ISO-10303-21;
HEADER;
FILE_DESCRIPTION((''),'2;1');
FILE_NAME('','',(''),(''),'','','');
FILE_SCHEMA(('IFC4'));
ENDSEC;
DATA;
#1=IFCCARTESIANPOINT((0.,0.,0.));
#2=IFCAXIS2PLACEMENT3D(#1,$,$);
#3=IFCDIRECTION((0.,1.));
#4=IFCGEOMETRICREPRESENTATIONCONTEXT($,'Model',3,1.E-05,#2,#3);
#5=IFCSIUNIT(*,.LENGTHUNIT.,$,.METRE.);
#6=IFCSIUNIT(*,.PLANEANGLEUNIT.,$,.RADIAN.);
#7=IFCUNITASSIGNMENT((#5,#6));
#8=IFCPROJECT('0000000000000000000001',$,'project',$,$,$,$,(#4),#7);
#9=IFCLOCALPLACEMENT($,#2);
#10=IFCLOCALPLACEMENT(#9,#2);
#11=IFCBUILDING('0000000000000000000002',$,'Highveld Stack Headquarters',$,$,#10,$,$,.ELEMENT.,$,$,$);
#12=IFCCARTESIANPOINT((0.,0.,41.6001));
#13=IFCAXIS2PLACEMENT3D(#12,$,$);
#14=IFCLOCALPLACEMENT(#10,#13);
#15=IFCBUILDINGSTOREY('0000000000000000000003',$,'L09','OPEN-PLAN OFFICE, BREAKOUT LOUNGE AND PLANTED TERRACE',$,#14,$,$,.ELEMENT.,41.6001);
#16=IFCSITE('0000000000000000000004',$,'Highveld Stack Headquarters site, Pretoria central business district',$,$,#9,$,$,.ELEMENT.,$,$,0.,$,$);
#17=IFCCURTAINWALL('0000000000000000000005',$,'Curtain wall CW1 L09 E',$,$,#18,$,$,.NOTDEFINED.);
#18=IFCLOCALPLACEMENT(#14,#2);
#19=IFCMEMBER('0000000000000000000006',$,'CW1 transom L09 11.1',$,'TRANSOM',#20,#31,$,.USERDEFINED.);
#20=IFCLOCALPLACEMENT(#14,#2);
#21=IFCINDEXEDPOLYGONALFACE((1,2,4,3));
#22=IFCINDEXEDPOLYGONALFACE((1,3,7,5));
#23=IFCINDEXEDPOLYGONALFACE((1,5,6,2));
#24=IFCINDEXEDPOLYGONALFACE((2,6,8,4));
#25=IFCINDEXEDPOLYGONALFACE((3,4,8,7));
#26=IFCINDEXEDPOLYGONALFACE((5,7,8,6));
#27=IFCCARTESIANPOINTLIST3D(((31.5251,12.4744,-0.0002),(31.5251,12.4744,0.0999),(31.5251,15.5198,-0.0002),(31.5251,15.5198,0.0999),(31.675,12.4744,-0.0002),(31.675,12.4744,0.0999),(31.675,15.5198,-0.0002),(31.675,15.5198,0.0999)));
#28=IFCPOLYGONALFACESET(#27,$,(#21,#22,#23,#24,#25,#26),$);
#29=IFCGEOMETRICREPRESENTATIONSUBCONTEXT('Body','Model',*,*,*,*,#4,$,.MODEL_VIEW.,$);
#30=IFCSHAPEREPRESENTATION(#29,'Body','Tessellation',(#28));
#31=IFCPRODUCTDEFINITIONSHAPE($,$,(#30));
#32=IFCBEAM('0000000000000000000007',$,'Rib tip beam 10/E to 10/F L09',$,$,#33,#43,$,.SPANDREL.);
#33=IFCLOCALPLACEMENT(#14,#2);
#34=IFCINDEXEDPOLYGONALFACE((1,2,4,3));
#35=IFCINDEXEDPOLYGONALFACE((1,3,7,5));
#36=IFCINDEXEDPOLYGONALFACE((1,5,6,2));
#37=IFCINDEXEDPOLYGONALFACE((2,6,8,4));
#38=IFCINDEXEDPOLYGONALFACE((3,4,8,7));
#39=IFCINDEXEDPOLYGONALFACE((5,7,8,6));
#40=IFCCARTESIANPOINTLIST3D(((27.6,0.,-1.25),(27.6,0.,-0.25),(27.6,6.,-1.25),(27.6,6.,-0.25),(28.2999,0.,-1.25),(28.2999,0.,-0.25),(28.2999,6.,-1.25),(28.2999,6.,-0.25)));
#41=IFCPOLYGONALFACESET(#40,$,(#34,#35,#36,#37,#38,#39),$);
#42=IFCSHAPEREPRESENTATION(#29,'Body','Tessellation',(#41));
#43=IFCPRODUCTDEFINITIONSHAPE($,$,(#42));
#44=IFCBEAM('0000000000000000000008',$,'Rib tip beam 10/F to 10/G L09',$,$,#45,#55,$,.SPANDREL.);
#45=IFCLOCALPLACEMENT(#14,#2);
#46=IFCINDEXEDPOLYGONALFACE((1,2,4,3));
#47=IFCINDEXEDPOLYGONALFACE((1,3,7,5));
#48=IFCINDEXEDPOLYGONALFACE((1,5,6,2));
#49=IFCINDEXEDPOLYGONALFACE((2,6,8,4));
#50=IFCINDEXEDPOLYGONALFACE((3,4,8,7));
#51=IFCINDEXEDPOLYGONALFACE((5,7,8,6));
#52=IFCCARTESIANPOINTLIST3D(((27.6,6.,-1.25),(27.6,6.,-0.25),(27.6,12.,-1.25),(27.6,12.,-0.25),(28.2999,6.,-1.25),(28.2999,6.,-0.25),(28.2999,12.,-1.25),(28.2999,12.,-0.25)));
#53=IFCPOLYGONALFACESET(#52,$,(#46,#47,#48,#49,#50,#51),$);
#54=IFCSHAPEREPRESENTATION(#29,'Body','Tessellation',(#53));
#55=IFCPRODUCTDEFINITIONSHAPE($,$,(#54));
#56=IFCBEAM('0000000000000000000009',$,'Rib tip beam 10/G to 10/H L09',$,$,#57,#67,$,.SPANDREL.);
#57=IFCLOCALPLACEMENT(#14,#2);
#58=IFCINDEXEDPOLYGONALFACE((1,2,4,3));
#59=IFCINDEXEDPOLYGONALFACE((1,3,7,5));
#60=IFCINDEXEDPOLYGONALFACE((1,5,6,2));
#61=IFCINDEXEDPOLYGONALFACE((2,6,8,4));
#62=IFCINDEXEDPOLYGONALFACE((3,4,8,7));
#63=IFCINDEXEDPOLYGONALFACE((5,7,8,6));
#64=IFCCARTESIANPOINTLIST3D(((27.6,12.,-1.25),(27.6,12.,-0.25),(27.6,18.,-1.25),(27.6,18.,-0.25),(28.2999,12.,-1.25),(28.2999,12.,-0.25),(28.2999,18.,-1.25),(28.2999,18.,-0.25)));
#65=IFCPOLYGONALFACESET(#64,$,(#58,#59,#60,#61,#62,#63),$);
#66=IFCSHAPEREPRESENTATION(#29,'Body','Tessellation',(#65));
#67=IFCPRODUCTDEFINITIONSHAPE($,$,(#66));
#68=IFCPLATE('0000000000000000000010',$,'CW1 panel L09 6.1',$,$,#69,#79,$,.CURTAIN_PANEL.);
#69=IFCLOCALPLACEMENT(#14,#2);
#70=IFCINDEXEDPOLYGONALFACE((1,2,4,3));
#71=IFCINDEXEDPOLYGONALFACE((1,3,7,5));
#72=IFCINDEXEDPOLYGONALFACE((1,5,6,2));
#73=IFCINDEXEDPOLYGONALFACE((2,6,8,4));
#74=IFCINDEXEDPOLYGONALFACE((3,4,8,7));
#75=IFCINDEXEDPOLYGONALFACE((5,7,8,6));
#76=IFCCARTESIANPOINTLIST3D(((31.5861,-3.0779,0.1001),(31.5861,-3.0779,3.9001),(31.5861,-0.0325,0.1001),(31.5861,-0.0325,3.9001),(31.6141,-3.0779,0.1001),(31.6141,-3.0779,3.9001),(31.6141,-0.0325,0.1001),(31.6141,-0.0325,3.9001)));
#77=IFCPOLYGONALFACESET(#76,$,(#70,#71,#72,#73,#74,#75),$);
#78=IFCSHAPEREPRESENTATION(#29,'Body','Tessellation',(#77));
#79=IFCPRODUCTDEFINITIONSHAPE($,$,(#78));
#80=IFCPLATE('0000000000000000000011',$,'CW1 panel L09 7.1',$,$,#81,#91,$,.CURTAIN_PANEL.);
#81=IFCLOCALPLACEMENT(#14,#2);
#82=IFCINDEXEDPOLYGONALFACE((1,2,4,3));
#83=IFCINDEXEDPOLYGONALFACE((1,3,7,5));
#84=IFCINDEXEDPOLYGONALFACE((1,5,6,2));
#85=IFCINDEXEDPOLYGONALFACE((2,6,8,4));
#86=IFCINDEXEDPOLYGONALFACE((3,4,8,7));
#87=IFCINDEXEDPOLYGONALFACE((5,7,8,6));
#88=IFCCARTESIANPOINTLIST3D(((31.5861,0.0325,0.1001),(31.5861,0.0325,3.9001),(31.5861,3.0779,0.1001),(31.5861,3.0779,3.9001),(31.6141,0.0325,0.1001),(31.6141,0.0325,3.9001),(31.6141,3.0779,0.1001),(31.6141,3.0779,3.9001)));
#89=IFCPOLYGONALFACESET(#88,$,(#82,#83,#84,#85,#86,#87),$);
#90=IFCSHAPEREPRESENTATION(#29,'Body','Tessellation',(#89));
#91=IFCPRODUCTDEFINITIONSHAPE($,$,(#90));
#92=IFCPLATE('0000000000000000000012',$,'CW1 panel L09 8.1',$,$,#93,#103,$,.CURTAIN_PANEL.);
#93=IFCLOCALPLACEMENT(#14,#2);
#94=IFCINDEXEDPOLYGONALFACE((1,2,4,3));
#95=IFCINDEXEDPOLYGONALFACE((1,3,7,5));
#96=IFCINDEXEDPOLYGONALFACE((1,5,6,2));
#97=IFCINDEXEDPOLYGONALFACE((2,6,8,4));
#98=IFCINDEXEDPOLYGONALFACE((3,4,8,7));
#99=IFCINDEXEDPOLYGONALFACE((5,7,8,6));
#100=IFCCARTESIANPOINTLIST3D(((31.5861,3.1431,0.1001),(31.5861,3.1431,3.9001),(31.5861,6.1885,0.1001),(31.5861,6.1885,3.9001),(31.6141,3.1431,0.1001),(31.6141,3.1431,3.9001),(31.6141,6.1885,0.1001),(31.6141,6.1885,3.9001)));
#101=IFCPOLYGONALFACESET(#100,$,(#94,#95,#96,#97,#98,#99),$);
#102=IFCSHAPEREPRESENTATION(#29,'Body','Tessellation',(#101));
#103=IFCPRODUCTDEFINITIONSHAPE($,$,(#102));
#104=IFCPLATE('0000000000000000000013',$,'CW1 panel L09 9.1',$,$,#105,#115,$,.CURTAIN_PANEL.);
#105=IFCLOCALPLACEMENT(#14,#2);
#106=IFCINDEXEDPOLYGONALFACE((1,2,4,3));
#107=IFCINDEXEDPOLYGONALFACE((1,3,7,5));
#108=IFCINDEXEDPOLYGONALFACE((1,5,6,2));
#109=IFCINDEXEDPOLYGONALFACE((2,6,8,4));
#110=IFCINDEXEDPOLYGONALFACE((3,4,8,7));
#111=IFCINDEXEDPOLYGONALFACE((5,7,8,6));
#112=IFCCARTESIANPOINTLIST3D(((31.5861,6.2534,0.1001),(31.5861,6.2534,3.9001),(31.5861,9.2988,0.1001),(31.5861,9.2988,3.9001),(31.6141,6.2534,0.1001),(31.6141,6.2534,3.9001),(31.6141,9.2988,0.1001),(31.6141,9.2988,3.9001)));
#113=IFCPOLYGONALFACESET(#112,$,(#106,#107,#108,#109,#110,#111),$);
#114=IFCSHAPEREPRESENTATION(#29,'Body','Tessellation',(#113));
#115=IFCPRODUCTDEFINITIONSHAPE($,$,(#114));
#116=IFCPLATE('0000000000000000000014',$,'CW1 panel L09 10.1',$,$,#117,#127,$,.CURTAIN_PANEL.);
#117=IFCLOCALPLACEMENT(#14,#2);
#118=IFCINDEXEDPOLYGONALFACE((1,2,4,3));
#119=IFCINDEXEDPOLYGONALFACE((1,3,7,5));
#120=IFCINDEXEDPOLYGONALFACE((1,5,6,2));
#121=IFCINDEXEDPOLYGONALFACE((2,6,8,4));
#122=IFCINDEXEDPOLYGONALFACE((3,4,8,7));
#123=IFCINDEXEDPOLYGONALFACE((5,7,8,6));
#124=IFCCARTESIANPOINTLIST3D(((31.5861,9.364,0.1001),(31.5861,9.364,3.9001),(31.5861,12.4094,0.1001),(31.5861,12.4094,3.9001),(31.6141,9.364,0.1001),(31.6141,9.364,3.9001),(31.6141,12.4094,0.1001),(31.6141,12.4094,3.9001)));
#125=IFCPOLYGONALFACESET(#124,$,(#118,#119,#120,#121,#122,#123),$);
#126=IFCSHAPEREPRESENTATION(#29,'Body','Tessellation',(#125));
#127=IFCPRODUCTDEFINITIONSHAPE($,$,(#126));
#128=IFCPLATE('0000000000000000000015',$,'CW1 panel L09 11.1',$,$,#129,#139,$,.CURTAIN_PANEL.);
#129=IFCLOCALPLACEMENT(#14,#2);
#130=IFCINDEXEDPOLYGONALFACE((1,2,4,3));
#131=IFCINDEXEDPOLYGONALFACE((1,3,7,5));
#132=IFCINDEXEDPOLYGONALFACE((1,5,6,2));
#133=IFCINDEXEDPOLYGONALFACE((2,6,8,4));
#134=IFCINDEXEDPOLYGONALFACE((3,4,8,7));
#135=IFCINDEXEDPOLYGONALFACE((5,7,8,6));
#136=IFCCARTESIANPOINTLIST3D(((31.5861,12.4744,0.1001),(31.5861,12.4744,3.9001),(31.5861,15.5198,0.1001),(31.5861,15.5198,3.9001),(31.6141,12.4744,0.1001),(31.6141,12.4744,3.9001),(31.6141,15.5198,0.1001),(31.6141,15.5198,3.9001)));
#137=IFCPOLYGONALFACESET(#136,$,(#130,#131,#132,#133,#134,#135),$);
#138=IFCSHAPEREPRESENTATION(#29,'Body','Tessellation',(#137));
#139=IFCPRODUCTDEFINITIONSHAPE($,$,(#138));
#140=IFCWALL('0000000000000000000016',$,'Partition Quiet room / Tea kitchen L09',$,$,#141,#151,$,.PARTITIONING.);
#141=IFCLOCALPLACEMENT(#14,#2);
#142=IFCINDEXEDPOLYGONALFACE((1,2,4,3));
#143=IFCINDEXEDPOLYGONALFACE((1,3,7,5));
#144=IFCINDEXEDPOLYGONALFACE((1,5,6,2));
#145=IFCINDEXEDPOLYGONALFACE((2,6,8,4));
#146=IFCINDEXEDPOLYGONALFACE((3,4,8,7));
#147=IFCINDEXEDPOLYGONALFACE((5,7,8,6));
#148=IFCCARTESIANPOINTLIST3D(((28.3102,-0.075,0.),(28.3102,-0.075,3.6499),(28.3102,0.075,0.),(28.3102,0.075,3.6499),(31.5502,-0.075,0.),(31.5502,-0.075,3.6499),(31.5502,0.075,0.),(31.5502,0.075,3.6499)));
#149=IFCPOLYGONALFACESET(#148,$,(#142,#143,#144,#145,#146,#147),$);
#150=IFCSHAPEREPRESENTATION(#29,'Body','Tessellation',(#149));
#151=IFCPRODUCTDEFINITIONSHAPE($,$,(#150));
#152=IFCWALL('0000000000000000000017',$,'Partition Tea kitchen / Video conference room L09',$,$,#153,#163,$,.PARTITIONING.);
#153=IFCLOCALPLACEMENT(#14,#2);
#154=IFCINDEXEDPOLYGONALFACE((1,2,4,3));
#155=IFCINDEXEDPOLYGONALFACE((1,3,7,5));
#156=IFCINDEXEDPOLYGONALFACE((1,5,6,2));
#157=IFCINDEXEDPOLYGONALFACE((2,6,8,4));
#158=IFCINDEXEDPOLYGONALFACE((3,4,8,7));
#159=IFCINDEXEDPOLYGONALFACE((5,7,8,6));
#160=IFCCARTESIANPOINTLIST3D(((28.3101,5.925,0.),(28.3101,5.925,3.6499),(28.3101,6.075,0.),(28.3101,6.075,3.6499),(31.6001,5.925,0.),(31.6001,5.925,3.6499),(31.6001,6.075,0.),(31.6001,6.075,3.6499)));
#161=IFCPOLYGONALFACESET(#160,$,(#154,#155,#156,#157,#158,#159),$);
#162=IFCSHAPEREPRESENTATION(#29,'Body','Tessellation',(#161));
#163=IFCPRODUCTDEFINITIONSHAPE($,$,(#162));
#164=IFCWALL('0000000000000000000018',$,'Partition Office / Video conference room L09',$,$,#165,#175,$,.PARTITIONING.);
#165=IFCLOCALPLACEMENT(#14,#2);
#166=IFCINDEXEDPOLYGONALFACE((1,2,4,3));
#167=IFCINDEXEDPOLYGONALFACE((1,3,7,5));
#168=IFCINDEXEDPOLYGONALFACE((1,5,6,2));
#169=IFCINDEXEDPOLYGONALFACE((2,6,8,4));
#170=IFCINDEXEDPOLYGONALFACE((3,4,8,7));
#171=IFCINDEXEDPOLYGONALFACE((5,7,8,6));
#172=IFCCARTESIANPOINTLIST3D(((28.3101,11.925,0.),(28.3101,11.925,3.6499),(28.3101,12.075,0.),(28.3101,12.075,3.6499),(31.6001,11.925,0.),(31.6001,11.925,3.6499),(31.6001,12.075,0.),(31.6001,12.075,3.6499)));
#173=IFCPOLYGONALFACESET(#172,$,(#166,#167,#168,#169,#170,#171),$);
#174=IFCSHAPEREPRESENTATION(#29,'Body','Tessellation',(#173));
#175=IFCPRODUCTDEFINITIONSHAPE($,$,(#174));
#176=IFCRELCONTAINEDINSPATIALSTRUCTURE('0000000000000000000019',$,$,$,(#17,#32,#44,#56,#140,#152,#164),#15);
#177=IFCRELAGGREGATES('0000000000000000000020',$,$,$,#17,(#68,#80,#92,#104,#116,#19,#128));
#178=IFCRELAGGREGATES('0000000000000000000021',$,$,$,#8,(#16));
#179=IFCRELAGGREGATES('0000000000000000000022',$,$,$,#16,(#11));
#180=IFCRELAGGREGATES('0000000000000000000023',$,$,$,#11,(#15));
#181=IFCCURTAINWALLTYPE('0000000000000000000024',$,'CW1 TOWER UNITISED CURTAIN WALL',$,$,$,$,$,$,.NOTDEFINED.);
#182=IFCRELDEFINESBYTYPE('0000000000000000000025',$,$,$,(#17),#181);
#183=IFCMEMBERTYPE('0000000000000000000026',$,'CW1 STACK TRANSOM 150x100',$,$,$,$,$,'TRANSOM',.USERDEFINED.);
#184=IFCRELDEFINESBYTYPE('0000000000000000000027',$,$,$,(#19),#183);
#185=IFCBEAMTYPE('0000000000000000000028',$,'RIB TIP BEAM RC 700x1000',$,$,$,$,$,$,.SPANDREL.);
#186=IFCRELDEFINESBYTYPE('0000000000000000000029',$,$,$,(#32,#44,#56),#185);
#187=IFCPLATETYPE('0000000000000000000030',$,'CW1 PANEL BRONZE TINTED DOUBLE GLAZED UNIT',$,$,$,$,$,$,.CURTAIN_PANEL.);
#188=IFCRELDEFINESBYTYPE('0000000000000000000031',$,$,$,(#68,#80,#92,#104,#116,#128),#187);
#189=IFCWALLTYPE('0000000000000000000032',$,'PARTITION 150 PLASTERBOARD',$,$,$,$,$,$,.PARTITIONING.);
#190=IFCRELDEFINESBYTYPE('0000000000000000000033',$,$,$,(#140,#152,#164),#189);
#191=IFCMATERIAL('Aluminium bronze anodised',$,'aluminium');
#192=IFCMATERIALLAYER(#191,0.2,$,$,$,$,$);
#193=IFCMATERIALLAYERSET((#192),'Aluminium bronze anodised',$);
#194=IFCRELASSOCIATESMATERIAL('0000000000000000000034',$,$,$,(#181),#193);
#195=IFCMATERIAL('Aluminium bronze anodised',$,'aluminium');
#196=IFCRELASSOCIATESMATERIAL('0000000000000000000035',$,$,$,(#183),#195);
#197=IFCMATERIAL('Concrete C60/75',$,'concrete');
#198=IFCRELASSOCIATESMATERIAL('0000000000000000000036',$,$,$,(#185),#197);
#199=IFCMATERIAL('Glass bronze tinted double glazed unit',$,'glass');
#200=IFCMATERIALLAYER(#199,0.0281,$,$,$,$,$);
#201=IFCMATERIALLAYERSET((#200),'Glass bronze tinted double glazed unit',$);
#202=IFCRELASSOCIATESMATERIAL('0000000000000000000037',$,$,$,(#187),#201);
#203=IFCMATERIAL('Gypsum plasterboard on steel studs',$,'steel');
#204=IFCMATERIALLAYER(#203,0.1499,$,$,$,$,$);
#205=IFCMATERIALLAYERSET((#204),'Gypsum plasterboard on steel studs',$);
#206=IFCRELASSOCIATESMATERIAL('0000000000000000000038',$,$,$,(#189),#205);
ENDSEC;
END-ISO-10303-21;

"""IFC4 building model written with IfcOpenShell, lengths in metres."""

from ifc_helpers import new_model, si_unit, direction, frame, frame_2d, origin, origin_2d, place, context, subcontext, project, spatial, rectangle, extrude, material, layer, layer_set, material_profile, profile_set, type_object, element, aggregate, save


model = new_model("IFC4")

# Units and contexts
model_context = context("Model", 3, precision=1e-05, world=origin(), true_north=direction((0.0, 1.0)))
body_context = subcontext(model_context, "Body", "Model", "MODEL_VIEW")
ifc_project = project(units=[si_unit("LENGTHUNIT", "METRE"), si_unit("PLANEANGLEUNIT", "RADIAN")], contexts=[model_context])

# Site, building, storey
site_placement = place(None, origin())
site = spatial("IfcSite", under=ifc_project, at=site_placement, Name="Highveld Stack Headquarters site, Pretoria central business district", CompositionType="ELEMENT", RefElevation=0.0)
building_placement = place(site_placement, origin())
building = spatial("IfcBuilding", under=site, at=building_placement, Name="Highveld Stack Headquarters", CompositionType="ELEMENT")
storey_placement = place(building_placement, frame((0.0, 0.0, 41.6001)))
storey = spatial("IfcBuildingStorey", under=building, at=storey_placement, Name="L09", Description="OPEN-PLAN OFFICE, BREAKOUT LOUNGE AND PLANTED TERRACE", CompositionType="ELEMENT", Elevation=41.6001)

# Curtain wall, member
ifc_material_1 = material(Name="Aluminium bronze anodised", Category="aluminium")
ifc_layer_1 = layer(ifc_material_1, 0.2)
ifc_layer_set_1 = layer_set([ifc_layer_1], Name="Aluminium bronze anodised")
curtain_wall_type = type_object("IfcCurtainWallType", Name="CW1 TOWER UNITISED CURTAIN WALL", PredefinedType="NOTDEFINED", material=ifc_layer_set_1)
curtain_wall_placement = place(storey_placement, origin())
curtain_wall = element("IfcCurtainWall", 1, at=curtain_wall_placement, inside=storey, type_object=curtain_wall_type, Name="Curtain wall CW1 L09 E", PredefinedType="NOTDEFINED")
ifc_material_2 = material(Name="Aluminium bronze anodised", Category="aluminium")
ifc_material_profile_1 = material_profile(ifc_material_2, rectangle(XDim=0.1499, YDim=0.1001, at=origin_2d()), Name="CW1 TRANSOM 150x100")
ifc_profile_set_1 = profile_set([ifc_material_profile_1], Name="Aluminium bronze anodised")
member_type_1 = type_object("IfcMemberType", Name="CW1 STACK TRANSOM 150x100", ElementType="TRANSOM", PredefinedType="USERDEFINED", material=ifc_profile_set_1)
member_1_placement = place(storey_placement, frame((31.6001, 12.4744, 0.0498), z_axis=(0.0, 1.0, 0.0), x_axis=(-1.0, 0.0, 0.0)))
member_1 = element("IfcMember", 2, at=member_1_placement, type_object=member_type_1, Name="CW1 transom L09 11.1", ObjectType="TRANSOM", PredefinedType="USERDEFINED", context=body_context, shape_type="SweptSolid", body=[
    extrude(rectangle(XDim=0.1499, YDim=0.1001, at=origin_2d()), origin(), (0.0, 0.0, 1.0), 3.0454),
])

# Beams
ifc_material_3 = material(Name="Concrete C60/75", Category="concrete")
ifc_material_profile_2 = material_profile(ifc_material_3, rectangle(XDim=0.7, YDim=1.0, at=origin_2d()), Name="RC 700x1000")
ifc_profile_set_2 = profile_set([ifc_material_profile_2], Name="Concrete C60/75")
beam_type = type_object("IfcBeamType", Name="RIB TIP BEAM RC 700x1000", PredefinedType="SPANDREL", material=ifc_profile_set_2)
for number, where, z_axis, x_axis, name in (
    (3, (27.95, 0.0, -0.75), (0.0, 1.0, 0.0), (-1.0, 0.0, 0.0), "Rib tip beam 10/E to 10/F L09"),
    (4, (27.95, 6.0, -0.75), (0.0, 1.0, 0.0), (-1.0, 0.0, 0.0), "Rib tip beam 10/F to 10/G L09"),
    (5, (27.95, 12.0, -0.75), (0.0, 1.0, 0.0), (-1.0, 0.0, 0.0), "Rib tip beam 10/G to 10/H L09"),
):
    element("IfcBeam", number, at=place(storey_placement, frame(where, z_axis=z_axis, x_axis=x_axis)), inside=storey, type_object=beam_type, Name=name, PredefinedType="SPANDREL", context=body_context, shape_type="SweptSolid", body=[
        extrude(rectangle(XDim=0.7, YDim=1.0, at=origin_2d()), origin(), (0.0, 0.0, 1.0), 6.0),
    ])

# Plates
ifc_material_4 = material(Name="Glass bronze tinted double glazed unit", Category="glass")
ifc_layer_2 = layer(ifc_material_4, 0.0281)
ifc_layer_set_2 = layer_set([ifc_layer_2], Name="Glass bronze tinted double glazed unit")
plate_type = type_object("IfcPlateType", Name="CW1 PANEL BRONZE TINTED DOUBLE GLAZED UNIT", PredefinedType="CURTAIN_PANEL", material=ifc_layer_set_2)
plate_1_placement = place(storey_placement, frame((31.6001, -1.5552, 0.1001), z_axis=(0.0, 0.0, 1.0), x_axis=(0.0, 1.0, 0.0)))
plate_1 = element("IfcPlate", 6, at=plate_1_placement, type_object=plate_type, Name="CW1 panel L09 6.1", PredefinedType="CURTAIN_PANEL", context=body_context, shape_type="SweptSolid", body=[
    extrude(rectangle(XDim=3.0454, YDim=0.0281, at=origin_2d()), origin(), (0.0, 0.0, 1.0), 3.8),
])
plate_2_placement = place(storey_placement, frame((31.6001, 1.5552, 0.1001), z_axis=(0.0, 0.0, 1.0), x_axis=(0.0, 1.0, 0.0)))
plate_2 = element("IfcPlate", 7, at=plate_2_placement, type_object=plate_type, Name="CW1 panel L09 7.1", PredefinedType="CURTAIN_PANEL", context=body_context, shape_type="SweptSolid", body=[
    extrude(rectangle(XDim=3.0454, YDim=0.0281, at=origin_2d()), origin(), (0.0, 0.0, 1.0), 3.8),
])
plate_3_placement = place(storey_placement, frame((31.6001, 4.6658, 0.1001), z_axis=(0.0, 0.0, 1.0), x_axis=(0.0, 1.0, 0.0)))
plate_3 = element("IfcPlate", 8, at=plate_3_placement, type_object=plate_type, Name="CW1 panel L09 8.1", PredefinedType="CURTAIN_PANEL", context=body_context, shape_type="SweptSolid", body=[
    extrude(rectangle(XDim=3.0454, YDim=0.0281, at=origin_2d()), origin(), (0.0, 0.0, 1.0), 3.8),
])
plate_4_placement = place(storey_placement, frame((31.6001, 7.7761, 0.1001), z_axis=(0.0, 0.0, 1.0), x_axis=(0.0, 1.0, 0.0)))
plate_4 = element("IfcPlate", 9, at=plate_4_placement, type_object=plate_type, Name="CW1 panel L09 9.1", PredefinedType="CURTAIN_PANEL", context=body_context, shape_type="SweptSolid", body=[
    extrude(rectangle(XDim=3.0454, YDim=0.0281, at=origin_2d()), origin(), (0.0, 0.0, 1.0), 3.8),
])
plate_5_placement = place(storey_placement, frame((31.6001, 10.8867, 0.1001), z_axis=(0.0, 0.0, 1.0), x_axis=(0.0, 1.0, 0.0)))
plate_5 = element("IfcPlate", 10, at=plate_5_placement, type_object=plate_type, Name="CW1 panel L09 10.1", PredefinedType="CURTAIN_PANEL", context=body_context, shape_type="SweptSolid", body=[
    extrude(rectangle(XDim=3.0454, YDim=0.0281, at=origin_2d()), origin(), (0.0, 0.0, 1.0), 3.8),
])
plate_6_placement = place(storey_placement, frame((31.6001, 13.9971, 0.1001), z_axis=(0.0, 0.0, 1.0), x_axis=(0.0, 1.0, 0.0)))
plate_6 = element("IfcPlate", 11, at=plate_6_placement, type_object=plate_type, Name="CW1 panel L09 11.1", PredefinedType="CURTAIN_PANEL", context=body_context, shape_type="SweptSolid", body=[
    extrude(rectangle(XDim=3.0454, YDim=0.0281, at=origin_2d()), origin(), (0.0, 0.0, 1.0), 3.8),
])
aggregate(curtain_wall, [plate_1, plate_2, plate_3, plate_4, plate_5, member_1, plate_6])

# Walls
ifc_material_5 = material(Name="Gypsum plasterboard on steel studs", Category="steel")
ifc_layer_3 = layer(ifc_material_5, 0.1499)
ifc_layer_set_3 = layer_set([ifc_layer_3], Name="Gypsum plasterboard on steel studs")
wall_type = type_object("IfcWallType", Name="PARTITION 150 PLASTERBOARD", PredefinedType="PARTITIONING", material=ifc_layer_set_3)
wall_placement = place(storey_placement, frame((28.3101, 0.0, 0.0), z_axis=(0.0, 0.0, 1.0), x_axis=(1.0, 0.0, 0.0)))
element("IfcWall", 12, at=wall_placement, inside=storey, type_object=wall_type, Name="Partition Quiet room / Tea kitchen L09", PredefinedType="PARTITIONING", context=body_context, shape_type="SweptSolid", body=[
    extrude(rectangle(XDim=3.24, YDim=0.1499, at=frame_2d((1.6201, 0.0))), origin(), (0.0, 0.0, 1.0), 3.6499),
])
for number, where, z_axis, x_axis, name in (
    (13, (28.3101, 6.0, 0.0), (0.0, 0.0, 1.0), (1.0, 0.0, 0.0), "Partition Tea kitchen / Video conference room L09"),
    (14, (28.3101, 12.0, 0.0), (0.0, 0.0, 1.0), (1.0, 0.0, 0.0), "Partition Office / Video conference room L09"),
):
    element("IfcWall", number, at=place(storey_placement, frame(where, z_axis=z_axis, x_axis=x_axis)), inside=storey, type_object=wall_type, Name=name, PredefinedType="PARTITIONING", context=body_context, shape_type="SweptSolid", body=[
        extrude(rectangle(XDim=3.29, YDim=0.1499, at=frame_2d((1.645, 0.0))), origin(), (0.0, 0.0, 1.0), 3.6499),
    ])

save(model, "model.ifc")
